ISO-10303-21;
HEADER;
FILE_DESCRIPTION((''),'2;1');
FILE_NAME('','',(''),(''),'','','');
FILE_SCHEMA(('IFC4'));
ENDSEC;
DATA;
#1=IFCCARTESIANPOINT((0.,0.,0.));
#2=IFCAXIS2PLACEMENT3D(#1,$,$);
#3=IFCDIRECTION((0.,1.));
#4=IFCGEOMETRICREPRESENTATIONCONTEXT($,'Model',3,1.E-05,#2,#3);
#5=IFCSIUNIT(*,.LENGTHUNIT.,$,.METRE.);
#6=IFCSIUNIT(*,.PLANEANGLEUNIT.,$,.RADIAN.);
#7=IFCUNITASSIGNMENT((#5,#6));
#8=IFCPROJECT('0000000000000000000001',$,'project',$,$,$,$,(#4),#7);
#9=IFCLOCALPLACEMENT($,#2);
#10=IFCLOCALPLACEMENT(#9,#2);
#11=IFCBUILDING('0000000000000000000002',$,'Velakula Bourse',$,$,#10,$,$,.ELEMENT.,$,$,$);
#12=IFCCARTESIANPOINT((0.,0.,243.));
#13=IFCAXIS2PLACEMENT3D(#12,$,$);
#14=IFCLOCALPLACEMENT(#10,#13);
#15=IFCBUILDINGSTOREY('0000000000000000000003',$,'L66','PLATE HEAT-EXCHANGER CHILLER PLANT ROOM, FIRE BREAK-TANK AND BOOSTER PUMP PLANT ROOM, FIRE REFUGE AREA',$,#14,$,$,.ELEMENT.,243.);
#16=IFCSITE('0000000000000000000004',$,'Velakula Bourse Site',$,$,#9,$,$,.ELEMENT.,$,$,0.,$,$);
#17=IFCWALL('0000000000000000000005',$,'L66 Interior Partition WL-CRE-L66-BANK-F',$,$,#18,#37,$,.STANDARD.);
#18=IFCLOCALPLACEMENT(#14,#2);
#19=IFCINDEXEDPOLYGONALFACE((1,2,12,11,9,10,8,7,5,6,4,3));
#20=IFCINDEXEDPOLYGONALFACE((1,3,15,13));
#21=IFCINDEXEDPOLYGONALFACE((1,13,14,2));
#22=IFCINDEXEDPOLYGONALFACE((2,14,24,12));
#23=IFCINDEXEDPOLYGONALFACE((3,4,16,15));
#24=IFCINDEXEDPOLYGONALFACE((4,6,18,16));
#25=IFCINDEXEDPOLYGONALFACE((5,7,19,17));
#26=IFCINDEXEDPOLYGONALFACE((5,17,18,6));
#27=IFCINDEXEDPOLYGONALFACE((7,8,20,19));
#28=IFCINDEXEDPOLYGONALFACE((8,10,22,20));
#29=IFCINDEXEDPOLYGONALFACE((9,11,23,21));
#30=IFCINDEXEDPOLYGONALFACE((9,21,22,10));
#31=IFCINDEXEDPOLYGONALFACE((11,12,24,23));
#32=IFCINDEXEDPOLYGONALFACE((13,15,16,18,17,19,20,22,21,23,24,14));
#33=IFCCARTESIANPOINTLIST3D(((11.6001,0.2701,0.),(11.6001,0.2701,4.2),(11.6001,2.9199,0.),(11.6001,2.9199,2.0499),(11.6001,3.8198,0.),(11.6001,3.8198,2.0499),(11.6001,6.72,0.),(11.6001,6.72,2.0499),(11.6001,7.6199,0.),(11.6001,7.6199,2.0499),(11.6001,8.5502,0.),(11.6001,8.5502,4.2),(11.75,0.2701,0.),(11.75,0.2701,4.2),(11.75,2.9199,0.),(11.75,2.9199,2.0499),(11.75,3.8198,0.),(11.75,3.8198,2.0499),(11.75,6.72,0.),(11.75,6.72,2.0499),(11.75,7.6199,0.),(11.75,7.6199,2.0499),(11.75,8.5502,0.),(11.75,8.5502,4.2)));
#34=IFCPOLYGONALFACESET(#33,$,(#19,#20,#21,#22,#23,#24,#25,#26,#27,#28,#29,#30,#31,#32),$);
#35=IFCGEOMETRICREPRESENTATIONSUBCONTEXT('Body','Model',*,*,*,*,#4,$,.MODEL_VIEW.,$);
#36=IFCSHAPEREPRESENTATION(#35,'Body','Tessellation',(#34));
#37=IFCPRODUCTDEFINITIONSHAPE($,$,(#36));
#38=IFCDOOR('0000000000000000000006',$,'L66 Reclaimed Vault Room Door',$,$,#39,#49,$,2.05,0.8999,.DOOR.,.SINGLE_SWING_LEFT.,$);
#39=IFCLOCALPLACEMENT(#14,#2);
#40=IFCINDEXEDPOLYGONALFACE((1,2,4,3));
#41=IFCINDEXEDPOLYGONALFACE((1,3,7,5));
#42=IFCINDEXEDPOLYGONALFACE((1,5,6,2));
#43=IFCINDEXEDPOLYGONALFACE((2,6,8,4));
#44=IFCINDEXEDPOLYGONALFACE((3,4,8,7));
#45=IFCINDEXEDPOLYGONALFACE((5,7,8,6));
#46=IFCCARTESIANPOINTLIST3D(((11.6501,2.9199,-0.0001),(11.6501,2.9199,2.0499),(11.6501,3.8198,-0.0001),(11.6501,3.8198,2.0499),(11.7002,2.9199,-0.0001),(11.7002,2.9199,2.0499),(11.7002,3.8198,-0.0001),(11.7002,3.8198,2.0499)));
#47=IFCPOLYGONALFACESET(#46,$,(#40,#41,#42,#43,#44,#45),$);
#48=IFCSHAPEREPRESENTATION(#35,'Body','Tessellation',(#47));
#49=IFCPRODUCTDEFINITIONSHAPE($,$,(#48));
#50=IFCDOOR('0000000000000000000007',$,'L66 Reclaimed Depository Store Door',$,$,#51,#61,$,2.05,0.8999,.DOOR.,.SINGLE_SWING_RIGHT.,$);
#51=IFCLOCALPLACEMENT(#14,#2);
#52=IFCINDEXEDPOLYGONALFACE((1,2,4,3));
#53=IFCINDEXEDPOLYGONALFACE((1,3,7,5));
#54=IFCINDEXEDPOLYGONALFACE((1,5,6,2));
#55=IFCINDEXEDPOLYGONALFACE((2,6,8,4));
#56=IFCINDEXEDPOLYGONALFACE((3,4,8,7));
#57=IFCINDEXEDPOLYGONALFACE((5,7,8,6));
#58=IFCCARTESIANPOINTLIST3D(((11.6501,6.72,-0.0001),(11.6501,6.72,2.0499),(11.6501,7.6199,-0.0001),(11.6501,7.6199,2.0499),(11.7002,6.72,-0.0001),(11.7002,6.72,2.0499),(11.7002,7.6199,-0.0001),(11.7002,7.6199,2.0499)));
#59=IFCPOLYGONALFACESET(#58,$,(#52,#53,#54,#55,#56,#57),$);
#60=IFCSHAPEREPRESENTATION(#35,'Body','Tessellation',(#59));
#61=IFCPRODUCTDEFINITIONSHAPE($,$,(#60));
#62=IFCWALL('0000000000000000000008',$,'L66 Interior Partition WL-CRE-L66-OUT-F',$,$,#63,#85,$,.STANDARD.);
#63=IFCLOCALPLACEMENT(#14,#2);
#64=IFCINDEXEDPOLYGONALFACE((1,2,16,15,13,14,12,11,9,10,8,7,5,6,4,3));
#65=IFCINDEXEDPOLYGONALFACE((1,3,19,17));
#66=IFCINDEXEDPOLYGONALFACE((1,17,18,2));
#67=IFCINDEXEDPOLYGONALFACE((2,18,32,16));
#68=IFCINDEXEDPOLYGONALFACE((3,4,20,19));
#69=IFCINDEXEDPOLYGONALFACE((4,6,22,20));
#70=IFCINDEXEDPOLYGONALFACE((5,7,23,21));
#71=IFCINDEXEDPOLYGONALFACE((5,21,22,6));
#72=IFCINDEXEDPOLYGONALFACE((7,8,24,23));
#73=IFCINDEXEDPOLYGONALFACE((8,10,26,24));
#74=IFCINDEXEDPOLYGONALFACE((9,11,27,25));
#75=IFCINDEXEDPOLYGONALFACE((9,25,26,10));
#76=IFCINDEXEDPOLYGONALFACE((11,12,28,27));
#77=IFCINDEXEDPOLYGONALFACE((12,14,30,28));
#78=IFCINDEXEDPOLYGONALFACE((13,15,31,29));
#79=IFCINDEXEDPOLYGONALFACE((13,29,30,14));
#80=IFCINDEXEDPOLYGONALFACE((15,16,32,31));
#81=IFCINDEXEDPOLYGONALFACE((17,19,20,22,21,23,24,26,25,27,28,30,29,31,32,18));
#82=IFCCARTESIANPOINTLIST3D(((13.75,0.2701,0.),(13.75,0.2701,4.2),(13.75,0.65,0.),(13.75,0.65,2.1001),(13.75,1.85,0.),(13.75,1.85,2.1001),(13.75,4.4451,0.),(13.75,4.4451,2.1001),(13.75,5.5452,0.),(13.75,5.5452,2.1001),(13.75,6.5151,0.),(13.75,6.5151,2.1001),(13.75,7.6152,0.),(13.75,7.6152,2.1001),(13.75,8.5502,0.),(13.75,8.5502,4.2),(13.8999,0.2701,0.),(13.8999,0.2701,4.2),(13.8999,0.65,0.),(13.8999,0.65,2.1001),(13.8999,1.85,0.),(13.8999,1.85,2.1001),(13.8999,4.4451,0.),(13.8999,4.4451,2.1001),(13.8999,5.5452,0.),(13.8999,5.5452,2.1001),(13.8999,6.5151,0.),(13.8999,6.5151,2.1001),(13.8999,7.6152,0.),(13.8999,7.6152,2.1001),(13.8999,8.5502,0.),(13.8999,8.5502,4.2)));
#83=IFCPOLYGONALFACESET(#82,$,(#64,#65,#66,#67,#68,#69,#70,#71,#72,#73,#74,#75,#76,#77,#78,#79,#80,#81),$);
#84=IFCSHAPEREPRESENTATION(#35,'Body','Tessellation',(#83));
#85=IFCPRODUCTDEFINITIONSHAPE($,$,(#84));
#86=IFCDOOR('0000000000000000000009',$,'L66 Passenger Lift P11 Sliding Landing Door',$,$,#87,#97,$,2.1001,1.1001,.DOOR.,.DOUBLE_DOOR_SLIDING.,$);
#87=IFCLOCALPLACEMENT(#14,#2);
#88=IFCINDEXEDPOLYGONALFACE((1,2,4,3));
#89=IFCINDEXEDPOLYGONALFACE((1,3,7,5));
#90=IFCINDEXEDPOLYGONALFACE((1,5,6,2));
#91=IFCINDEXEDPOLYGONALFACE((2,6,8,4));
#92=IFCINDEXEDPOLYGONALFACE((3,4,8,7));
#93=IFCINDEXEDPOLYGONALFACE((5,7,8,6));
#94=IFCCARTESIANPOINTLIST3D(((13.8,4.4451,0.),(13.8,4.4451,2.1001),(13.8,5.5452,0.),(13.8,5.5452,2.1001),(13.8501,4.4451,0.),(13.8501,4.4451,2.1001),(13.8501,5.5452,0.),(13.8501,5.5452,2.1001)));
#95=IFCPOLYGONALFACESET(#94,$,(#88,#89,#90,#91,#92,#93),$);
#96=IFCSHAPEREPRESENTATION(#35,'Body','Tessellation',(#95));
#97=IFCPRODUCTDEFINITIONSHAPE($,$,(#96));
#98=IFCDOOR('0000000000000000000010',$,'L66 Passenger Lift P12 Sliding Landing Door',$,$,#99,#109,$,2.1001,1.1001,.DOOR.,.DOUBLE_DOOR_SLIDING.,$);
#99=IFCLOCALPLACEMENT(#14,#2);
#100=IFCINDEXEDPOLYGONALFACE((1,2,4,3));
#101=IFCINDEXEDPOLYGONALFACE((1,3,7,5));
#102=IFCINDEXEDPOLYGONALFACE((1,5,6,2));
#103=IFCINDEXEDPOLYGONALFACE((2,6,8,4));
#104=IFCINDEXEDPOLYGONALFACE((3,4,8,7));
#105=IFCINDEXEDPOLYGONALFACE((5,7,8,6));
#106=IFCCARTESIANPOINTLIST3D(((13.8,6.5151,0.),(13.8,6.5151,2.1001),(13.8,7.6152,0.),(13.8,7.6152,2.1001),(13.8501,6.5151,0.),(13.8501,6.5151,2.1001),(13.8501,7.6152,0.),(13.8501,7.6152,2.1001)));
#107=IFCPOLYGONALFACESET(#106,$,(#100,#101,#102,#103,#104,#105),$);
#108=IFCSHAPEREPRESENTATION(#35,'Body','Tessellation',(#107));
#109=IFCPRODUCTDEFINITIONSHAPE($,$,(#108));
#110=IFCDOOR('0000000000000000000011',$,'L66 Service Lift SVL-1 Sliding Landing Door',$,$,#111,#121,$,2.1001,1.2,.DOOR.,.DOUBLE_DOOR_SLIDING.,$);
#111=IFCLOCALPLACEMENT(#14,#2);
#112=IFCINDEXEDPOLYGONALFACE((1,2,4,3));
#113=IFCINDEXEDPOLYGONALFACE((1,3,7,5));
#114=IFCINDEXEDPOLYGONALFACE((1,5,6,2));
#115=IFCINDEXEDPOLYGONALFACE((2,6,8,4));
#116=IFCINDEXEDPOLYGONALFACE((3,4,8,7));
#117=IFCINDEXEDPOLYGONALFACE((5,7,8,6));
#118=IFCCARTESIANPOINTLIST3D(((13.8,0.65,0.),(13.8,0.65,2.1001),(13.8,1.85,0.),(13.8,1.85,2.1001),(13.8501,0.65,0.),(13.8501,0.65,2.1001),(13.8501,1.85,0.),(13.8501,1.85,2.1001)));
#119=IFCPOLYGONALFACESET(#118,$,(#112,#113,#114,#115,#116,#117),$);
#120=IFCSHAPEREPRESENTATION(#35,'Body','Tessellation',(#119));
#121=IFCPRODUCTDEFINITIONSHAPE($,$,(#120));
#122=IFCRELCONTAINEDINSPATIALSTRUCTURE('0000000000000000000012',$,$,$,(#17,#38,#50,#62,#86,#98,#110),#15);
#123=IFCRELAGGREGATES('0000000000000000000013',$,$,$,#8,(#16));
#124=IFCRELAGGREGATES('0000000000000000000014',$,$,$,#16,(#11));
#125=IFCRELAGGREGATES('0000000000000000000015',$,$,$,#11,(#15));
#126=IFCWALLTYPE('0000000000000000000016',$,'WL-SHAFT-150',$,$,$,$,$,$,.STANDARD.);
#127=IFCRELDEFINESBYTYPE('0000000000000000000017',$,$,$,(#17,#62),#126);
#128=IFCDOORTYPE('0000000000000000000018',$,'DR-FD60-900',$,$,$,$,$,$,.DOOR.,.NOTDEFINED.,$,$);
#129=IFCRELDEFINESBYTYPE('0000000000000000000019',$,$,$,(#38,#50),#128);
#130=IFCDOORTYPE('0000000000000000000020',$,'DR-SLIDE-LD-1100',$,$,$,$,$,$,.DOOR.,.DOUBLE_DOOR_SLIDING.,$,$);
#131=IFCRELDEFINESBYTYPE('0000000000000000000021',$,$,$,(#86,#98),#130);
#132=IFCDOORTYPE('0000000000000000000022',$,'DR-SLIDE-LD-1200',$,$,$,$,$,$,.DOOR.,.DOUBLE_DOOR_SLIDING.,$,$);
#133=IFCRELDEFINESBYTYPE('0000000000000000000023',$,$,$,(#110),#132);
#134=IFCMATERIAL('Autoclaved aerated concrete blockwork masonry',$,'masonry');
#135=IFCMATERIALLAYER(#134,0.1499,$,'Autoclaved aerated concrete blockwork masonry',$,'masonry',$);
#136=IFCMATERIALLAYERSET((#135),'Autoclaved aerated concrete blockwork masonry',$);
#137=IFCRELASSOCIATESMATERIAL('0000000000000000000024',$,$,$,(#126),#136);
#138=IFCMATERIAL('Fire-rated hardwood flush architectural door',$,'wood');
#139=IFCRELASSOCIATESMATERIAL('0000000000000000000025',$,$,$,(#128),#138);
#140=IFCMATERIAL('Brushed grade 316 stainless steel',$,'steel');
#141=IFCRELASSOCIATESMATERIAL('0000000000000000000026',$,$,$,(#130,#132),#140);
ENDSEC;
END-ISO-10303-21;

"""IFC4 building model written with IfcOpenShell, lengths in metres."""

from ifc_helpers import new_model, si_unit, direction, frame, frame_2d, origin, place, context, subcontext, project, spatial, rectangle, extrude, material, layer, layer_set, type_object, element, fill, save


model = new_model("IFC4")

# Units and contexts
model_context = context("Model", 3, precision=1e-05, world=origin(), true_north=direction((0.0, 1.0)))
body_context = subcontext(model_context, "Body", "Model", "MODEL_VIEW")
ifc_project = project(units=[si_unit("LENGTHUNIT", "METRE"), si_unit("PLANEANGLEUNIT", "RADIAN")], contexts=[model_context])

# Site, building, storey
site_placement = place(None, origin())
site = spatial("IfcSite", under=ifc_project, at=site_placement, Name="Velakula Bourse Site", CompositionType="ELEMENT", RefElevation=0.0)
building_placement = place(site_placement, origin())
building = spatial("IfcBuilding", under=site, at=building_placement, Name="Velakula Bourse", CompositionType="ELEMENT")
storey_placement = place(building_placement, frame((0.0, 0.0, 243.0)))
storey = spatial("IfcBuildingStorey", under=building, at=storey_placement, Name="L66", Description="PLATE HEAT-EXCHANGER CHILLER PLANT ROOM, FIRE BREAK-TANK AND BOOSTER PUMP PLANT ROOM, FIRE REFUGE AREA", CompositionType="ELEMENT", Elevation=243.0)

# Shared definitions
ifc_material_1 = material(Name="Fire-rated hardwood flush architectural door", Category="wood")

# Shared definitions
ifc_material_2 = material(Name="Autoclaved aerated concrete blockwork masonry", Category="masonry")
ifc_layer_1 = layer(ifc_material_2, 0.1499, Name="Autoclaved aerated concrete blockwork masonry", Category="masonry")
ifc_layer_set_1 = layer_set([ifc_layer_1], Name="Autoclaved aerated concrete blockwork masonry")
wall_type_1 = type_object("IfcWallType", Name="WL-SHAFT-150", PredefinedType="STANDARD", material=ifc_layer_set_1)

# Walls, openings, doors
wall_1_placement = place(storey_placement, frame((11.675, 0.27, 0.0), z_axis=(0.0, 0.0, 1.0), x_axis=(0.0, 1.0, 0.0)))
wall_1 = element("IfcWall", 1, at=wall_1_placement, inside=storey, type_object=wall_type_1, Name="L66 Interior Partition WL-CRE-L66-BANK-F", PredefinedType="STANDARD", context=body_context, shape_type="SweptSolid", body=[
    extrude(rectangle(XDim=8.28, YDim=0.1499, at=frame_2d((4.1401, 0.0))), origin(), (0.0, 0.0, 1.0), 4.2),
])
opening_1_placement = place(wall_1_placement, frame((2.6499, 0.0, 0.0)))
opening_1 = element("IfcOpeningElement", 2, at=opening_1_placement, cuts=wall_1, PredefinedType="OPENING", context=body_context, shape_type="SweptSolid", body=[
    extrude(rectangle(XDim=0.8999, YDim=2.05, at=frame_2d((0.45, 1.0249))), frame((0.0, 0.085, 0.0), z_axis=(0.0, -1.0, 0.0), x_axis=(1.0, 0.0, 0.0)), (0.0, 0.0, 1.0), 0.1699),
])
opening_2_placement = place(wall_1_placement, frame((6.45, 0.0, 0.0)))
opening_2 = element("IfcOpeningElement", 3, at=opening_2_placement, cuts=wall_1, PredefinedType="OPENING", context=body_context, shape_type="SweptSolid", body=[
    extrude(rectangle(XDim=0.8999, YDim=2.05, at=frame_2d((0.45, 1.0249))), frame((0.0, 0.085, 0.0), z_axis=(0.0, -1.0, 0.0), x_axis=(1.0, 0.0, 0.0)), (0.0, 0.0, 1.0), 0.1699),
])
door_type_1 = type_object("IfcDoorType", Name="DR-FD60-900", OperationType="NOTDEFINED", PredefinedType="DOOR", material=ifc_material_1)
door_1_placement = place(opening_1_placement, origin())
door_1 = element("IfcDoor", 4, at=door_1_placement, inside=storey, type_object=door_type_1, Name="L66 Reclaimed Vault Room Door", OperationType="SINGLE_SWING_LEFT", OverallHeight=2.05, OverallWidth=0.8999, PredefinedType="DOOR", context=body_context, shape_type="SweptSolid", body=[
    extrude(rectangle(XDim=0.8999, YDim=2.05, at=frame_2d((0.45, 1.0249))), frame((0.0, 0.0249, 0.0), z_axis=(0.0, -1.0, 0.0), x_axis=(1.0, 0.0, 0.0)), (0.0, 0.0, 1.0), 0.05),
])
fill(opening_1, door_1)
door_2_placement = place(opening_2_placement, origin())
door_2 = element("IfcDoor", 5, at=door_2_placement, inside=storey, type_object=door_type_1, Name="L66 Reclaimed Depository Store Door", OperationType="SINGLE_SWING_RIGHT", OverallHeight=2.05, OverallWidth=0.8999, PredefinedType="DOOR", context=body_context, shape_type="SweptSolid", body=[
    extrude(rectangle(XDim=0.8999, YDim=2.05, at=frame_2d((0.45, 1.0249))), frame((0.0, 0.0249, 0.0), z_axis=(0.0, -1.0, 0.0), x_axis=(1.0, 0.0, 0.0)), (0.0, 0.0, 1.0), 0.05),
])
fill(opening_2, door_2)
wall_2_placement = place(storey_placement, frame((13.825, 0.27, 0.0), z_axis=(0.0, 0.0, 1.0), x_axis=(0.0, 1.0, 0.0)))
wall_2 = element("IfcWall", 6, at=wall_2_placement, inside=storey, type_object=wall_type_1, Name="L66 Interior Partition WL-CRE-L66-OUT-F", PredefinedType="STANDARD", context=body_context, shape_type="SweptSolid", body=[
    extrude(rectangle(XDim=8.28, YDim=0.1499, at=frame_2d((4.1401, 0.0))), origin(), (0.0, 0.0, 1.0), 4.2),
])
opening_3_placement = place(wall_2_placement, frame((4.175, 0.0, 0.0)))
opening_3 = element("IfcOpeningElement", 7, at=opening_3_placement, cuts=wall_2, PredefinedType="OPENING", context=body_context, shape_type="SweptSolid", body=[
    extrude(rectangle(XDim=1.1001, YDim=2.1001, at=frame_2d((0.55, 1.05))), frame((0.0, 0.085, 0.0), z_axis=(0.0, -1.0, 0.0), x_axis=(1.0, 0.0, 0.0)), (0.0, 0.0, 1.0), 0.1699),
])
opening_4_placement = place(wall_2_placement, frame((6.2451, 0.0, 0.0)))
opening_4 = element("IfcOpeningElement", 8, at=opening_4_placement, cuts=wall_2, PredefinedType="OPENING", context=body_context, shape_type="SweptSolid", body=[
    extrude(rectangle(XDim=1.1001, YDim=2.1001, at=frame_2d((0.55, 1.05))), frame((0.0, 0.085, 0.0), z_axis=(0.0, -1.0, 0.0), x_axis=(1.0, 0.0, 0.0)), (0.0, 0.0, 1.0), 0.1699),
])
opening_5_placement = place(wall_2_placement, frame((0.3799, 0.0, 0.0)))
opening_5 = element("IfcOpeningElement", 9, at=opening_5_placement, cuts=wall_2, PredefinedType="OPENING", context=body_context, shape_type="SweptSolid", body=[
    extrude(rectangle(XDim=1.2, YDim=2.1001, at=frame_2d((0.6001, 1.05))), frame((0.0, 0.085, 0.0), z_axis=(0.0, -1.0, 0.0), x_axis=(1.0, 0.0, 0.0)), (0.0, 0.0, 1.0), 0.1699),
])
ifc_material_3 = material(Name="Brushed grade 316 stainless steel", Category="steel")
door_type_2 = type_object("IfcDoorType", Name="DR-SLIDE-LD-1100", OperationType="DOUBLE_DOOR_SLIDING", PredefinedType="DOOR", material=ifc_material_3)
door_3_placement = place(opening_3_placement, origin())
door_3 = element("IfcDoor", 10, at=door_3_placement, inside=storey, type_object=door_type_2, Name="L66 Passenger Lift P11 Sliding Landing Door", OperationType="DOUBLE_DOOR_SLIDING", OverallHeight=2.1001, OverallWidth=1.1001, PredefinedType="DOOR", context=body_context, shape_type="SweptSolid", body=[
    extrude(rectangle(XDim=1.1001, YDim=2.1001, at=frame_2d((0.55, 1.05))), frame((0.0, 0.0249, 0.0), z_axis=(0.0, -1.0, 0.0), x_axis=(1.0, 0.0, 0.0)), (0.0, 0.0, 1.0), 0.05),
])
fill(opening_3, door_3)
door_4_placement = place(opening_4_placement, origin())
door_4 = element("IfcDoor", 11, at=door_4_placement, inside=storey, type_object=door_type_2, Name="L66 Passenger Lift P12 Sliding Landing Door", OperationType="DOUBLE_DOOR_SLIDING", OverallHeight=2.1001, OverallWidth=1.1001, PredefinedType="DOOR", context=body_context, shape_type="SweptSolid", body=[
    extrude(rectangle(XDim=1.1001, YDim=2.1001, at=frame_2d((0.55, 1.05))), frame((0.0, 0.0249, 0.0), z_axis=(0.0, -1.0, 0.0), x_axis=(1.0, 0.0, 0.0)), (0.0, 0.0, 1.0), 0.05),
])
fill(opening_4, door_4)
door_type_3 = type_object("IfcDoorType", Name="DR-SLIDE-LD-1200", OperationType="DOUBLE_DOOR_SLIDING", PredefinedType="DOOR", material=ifc_material_3)
door_5_placement = place(opening_5_placement, origin())
door_5 = element("IfcDoor", 12, at=door_5_placement, inside=storey, type_object=door_type_3, Name="L66 Service Lift SVL-1 Sliding Landing Door", OperationType="DOUBLE_DOOR_SLIDING", OverallHeight=2.1001, OverallWidth=1.2, PredefinedType="DOOR", context=body_context, shape_type="SweptSolid", body=[
    extrude(rectangle(XDim=1.2, YDim=2.1001, at=frame_2d((0.6001, 1.05))), frame((0.0, 0.0249, 0.0), z_axis=(0.0, -1.0, 0.0), x_axis=(1.0, 0.0, 0.0)), (0.0, 0.0, 1.0), 0.05),
])
fill(opening_5, door_5)

save(model, "model.ifc")
